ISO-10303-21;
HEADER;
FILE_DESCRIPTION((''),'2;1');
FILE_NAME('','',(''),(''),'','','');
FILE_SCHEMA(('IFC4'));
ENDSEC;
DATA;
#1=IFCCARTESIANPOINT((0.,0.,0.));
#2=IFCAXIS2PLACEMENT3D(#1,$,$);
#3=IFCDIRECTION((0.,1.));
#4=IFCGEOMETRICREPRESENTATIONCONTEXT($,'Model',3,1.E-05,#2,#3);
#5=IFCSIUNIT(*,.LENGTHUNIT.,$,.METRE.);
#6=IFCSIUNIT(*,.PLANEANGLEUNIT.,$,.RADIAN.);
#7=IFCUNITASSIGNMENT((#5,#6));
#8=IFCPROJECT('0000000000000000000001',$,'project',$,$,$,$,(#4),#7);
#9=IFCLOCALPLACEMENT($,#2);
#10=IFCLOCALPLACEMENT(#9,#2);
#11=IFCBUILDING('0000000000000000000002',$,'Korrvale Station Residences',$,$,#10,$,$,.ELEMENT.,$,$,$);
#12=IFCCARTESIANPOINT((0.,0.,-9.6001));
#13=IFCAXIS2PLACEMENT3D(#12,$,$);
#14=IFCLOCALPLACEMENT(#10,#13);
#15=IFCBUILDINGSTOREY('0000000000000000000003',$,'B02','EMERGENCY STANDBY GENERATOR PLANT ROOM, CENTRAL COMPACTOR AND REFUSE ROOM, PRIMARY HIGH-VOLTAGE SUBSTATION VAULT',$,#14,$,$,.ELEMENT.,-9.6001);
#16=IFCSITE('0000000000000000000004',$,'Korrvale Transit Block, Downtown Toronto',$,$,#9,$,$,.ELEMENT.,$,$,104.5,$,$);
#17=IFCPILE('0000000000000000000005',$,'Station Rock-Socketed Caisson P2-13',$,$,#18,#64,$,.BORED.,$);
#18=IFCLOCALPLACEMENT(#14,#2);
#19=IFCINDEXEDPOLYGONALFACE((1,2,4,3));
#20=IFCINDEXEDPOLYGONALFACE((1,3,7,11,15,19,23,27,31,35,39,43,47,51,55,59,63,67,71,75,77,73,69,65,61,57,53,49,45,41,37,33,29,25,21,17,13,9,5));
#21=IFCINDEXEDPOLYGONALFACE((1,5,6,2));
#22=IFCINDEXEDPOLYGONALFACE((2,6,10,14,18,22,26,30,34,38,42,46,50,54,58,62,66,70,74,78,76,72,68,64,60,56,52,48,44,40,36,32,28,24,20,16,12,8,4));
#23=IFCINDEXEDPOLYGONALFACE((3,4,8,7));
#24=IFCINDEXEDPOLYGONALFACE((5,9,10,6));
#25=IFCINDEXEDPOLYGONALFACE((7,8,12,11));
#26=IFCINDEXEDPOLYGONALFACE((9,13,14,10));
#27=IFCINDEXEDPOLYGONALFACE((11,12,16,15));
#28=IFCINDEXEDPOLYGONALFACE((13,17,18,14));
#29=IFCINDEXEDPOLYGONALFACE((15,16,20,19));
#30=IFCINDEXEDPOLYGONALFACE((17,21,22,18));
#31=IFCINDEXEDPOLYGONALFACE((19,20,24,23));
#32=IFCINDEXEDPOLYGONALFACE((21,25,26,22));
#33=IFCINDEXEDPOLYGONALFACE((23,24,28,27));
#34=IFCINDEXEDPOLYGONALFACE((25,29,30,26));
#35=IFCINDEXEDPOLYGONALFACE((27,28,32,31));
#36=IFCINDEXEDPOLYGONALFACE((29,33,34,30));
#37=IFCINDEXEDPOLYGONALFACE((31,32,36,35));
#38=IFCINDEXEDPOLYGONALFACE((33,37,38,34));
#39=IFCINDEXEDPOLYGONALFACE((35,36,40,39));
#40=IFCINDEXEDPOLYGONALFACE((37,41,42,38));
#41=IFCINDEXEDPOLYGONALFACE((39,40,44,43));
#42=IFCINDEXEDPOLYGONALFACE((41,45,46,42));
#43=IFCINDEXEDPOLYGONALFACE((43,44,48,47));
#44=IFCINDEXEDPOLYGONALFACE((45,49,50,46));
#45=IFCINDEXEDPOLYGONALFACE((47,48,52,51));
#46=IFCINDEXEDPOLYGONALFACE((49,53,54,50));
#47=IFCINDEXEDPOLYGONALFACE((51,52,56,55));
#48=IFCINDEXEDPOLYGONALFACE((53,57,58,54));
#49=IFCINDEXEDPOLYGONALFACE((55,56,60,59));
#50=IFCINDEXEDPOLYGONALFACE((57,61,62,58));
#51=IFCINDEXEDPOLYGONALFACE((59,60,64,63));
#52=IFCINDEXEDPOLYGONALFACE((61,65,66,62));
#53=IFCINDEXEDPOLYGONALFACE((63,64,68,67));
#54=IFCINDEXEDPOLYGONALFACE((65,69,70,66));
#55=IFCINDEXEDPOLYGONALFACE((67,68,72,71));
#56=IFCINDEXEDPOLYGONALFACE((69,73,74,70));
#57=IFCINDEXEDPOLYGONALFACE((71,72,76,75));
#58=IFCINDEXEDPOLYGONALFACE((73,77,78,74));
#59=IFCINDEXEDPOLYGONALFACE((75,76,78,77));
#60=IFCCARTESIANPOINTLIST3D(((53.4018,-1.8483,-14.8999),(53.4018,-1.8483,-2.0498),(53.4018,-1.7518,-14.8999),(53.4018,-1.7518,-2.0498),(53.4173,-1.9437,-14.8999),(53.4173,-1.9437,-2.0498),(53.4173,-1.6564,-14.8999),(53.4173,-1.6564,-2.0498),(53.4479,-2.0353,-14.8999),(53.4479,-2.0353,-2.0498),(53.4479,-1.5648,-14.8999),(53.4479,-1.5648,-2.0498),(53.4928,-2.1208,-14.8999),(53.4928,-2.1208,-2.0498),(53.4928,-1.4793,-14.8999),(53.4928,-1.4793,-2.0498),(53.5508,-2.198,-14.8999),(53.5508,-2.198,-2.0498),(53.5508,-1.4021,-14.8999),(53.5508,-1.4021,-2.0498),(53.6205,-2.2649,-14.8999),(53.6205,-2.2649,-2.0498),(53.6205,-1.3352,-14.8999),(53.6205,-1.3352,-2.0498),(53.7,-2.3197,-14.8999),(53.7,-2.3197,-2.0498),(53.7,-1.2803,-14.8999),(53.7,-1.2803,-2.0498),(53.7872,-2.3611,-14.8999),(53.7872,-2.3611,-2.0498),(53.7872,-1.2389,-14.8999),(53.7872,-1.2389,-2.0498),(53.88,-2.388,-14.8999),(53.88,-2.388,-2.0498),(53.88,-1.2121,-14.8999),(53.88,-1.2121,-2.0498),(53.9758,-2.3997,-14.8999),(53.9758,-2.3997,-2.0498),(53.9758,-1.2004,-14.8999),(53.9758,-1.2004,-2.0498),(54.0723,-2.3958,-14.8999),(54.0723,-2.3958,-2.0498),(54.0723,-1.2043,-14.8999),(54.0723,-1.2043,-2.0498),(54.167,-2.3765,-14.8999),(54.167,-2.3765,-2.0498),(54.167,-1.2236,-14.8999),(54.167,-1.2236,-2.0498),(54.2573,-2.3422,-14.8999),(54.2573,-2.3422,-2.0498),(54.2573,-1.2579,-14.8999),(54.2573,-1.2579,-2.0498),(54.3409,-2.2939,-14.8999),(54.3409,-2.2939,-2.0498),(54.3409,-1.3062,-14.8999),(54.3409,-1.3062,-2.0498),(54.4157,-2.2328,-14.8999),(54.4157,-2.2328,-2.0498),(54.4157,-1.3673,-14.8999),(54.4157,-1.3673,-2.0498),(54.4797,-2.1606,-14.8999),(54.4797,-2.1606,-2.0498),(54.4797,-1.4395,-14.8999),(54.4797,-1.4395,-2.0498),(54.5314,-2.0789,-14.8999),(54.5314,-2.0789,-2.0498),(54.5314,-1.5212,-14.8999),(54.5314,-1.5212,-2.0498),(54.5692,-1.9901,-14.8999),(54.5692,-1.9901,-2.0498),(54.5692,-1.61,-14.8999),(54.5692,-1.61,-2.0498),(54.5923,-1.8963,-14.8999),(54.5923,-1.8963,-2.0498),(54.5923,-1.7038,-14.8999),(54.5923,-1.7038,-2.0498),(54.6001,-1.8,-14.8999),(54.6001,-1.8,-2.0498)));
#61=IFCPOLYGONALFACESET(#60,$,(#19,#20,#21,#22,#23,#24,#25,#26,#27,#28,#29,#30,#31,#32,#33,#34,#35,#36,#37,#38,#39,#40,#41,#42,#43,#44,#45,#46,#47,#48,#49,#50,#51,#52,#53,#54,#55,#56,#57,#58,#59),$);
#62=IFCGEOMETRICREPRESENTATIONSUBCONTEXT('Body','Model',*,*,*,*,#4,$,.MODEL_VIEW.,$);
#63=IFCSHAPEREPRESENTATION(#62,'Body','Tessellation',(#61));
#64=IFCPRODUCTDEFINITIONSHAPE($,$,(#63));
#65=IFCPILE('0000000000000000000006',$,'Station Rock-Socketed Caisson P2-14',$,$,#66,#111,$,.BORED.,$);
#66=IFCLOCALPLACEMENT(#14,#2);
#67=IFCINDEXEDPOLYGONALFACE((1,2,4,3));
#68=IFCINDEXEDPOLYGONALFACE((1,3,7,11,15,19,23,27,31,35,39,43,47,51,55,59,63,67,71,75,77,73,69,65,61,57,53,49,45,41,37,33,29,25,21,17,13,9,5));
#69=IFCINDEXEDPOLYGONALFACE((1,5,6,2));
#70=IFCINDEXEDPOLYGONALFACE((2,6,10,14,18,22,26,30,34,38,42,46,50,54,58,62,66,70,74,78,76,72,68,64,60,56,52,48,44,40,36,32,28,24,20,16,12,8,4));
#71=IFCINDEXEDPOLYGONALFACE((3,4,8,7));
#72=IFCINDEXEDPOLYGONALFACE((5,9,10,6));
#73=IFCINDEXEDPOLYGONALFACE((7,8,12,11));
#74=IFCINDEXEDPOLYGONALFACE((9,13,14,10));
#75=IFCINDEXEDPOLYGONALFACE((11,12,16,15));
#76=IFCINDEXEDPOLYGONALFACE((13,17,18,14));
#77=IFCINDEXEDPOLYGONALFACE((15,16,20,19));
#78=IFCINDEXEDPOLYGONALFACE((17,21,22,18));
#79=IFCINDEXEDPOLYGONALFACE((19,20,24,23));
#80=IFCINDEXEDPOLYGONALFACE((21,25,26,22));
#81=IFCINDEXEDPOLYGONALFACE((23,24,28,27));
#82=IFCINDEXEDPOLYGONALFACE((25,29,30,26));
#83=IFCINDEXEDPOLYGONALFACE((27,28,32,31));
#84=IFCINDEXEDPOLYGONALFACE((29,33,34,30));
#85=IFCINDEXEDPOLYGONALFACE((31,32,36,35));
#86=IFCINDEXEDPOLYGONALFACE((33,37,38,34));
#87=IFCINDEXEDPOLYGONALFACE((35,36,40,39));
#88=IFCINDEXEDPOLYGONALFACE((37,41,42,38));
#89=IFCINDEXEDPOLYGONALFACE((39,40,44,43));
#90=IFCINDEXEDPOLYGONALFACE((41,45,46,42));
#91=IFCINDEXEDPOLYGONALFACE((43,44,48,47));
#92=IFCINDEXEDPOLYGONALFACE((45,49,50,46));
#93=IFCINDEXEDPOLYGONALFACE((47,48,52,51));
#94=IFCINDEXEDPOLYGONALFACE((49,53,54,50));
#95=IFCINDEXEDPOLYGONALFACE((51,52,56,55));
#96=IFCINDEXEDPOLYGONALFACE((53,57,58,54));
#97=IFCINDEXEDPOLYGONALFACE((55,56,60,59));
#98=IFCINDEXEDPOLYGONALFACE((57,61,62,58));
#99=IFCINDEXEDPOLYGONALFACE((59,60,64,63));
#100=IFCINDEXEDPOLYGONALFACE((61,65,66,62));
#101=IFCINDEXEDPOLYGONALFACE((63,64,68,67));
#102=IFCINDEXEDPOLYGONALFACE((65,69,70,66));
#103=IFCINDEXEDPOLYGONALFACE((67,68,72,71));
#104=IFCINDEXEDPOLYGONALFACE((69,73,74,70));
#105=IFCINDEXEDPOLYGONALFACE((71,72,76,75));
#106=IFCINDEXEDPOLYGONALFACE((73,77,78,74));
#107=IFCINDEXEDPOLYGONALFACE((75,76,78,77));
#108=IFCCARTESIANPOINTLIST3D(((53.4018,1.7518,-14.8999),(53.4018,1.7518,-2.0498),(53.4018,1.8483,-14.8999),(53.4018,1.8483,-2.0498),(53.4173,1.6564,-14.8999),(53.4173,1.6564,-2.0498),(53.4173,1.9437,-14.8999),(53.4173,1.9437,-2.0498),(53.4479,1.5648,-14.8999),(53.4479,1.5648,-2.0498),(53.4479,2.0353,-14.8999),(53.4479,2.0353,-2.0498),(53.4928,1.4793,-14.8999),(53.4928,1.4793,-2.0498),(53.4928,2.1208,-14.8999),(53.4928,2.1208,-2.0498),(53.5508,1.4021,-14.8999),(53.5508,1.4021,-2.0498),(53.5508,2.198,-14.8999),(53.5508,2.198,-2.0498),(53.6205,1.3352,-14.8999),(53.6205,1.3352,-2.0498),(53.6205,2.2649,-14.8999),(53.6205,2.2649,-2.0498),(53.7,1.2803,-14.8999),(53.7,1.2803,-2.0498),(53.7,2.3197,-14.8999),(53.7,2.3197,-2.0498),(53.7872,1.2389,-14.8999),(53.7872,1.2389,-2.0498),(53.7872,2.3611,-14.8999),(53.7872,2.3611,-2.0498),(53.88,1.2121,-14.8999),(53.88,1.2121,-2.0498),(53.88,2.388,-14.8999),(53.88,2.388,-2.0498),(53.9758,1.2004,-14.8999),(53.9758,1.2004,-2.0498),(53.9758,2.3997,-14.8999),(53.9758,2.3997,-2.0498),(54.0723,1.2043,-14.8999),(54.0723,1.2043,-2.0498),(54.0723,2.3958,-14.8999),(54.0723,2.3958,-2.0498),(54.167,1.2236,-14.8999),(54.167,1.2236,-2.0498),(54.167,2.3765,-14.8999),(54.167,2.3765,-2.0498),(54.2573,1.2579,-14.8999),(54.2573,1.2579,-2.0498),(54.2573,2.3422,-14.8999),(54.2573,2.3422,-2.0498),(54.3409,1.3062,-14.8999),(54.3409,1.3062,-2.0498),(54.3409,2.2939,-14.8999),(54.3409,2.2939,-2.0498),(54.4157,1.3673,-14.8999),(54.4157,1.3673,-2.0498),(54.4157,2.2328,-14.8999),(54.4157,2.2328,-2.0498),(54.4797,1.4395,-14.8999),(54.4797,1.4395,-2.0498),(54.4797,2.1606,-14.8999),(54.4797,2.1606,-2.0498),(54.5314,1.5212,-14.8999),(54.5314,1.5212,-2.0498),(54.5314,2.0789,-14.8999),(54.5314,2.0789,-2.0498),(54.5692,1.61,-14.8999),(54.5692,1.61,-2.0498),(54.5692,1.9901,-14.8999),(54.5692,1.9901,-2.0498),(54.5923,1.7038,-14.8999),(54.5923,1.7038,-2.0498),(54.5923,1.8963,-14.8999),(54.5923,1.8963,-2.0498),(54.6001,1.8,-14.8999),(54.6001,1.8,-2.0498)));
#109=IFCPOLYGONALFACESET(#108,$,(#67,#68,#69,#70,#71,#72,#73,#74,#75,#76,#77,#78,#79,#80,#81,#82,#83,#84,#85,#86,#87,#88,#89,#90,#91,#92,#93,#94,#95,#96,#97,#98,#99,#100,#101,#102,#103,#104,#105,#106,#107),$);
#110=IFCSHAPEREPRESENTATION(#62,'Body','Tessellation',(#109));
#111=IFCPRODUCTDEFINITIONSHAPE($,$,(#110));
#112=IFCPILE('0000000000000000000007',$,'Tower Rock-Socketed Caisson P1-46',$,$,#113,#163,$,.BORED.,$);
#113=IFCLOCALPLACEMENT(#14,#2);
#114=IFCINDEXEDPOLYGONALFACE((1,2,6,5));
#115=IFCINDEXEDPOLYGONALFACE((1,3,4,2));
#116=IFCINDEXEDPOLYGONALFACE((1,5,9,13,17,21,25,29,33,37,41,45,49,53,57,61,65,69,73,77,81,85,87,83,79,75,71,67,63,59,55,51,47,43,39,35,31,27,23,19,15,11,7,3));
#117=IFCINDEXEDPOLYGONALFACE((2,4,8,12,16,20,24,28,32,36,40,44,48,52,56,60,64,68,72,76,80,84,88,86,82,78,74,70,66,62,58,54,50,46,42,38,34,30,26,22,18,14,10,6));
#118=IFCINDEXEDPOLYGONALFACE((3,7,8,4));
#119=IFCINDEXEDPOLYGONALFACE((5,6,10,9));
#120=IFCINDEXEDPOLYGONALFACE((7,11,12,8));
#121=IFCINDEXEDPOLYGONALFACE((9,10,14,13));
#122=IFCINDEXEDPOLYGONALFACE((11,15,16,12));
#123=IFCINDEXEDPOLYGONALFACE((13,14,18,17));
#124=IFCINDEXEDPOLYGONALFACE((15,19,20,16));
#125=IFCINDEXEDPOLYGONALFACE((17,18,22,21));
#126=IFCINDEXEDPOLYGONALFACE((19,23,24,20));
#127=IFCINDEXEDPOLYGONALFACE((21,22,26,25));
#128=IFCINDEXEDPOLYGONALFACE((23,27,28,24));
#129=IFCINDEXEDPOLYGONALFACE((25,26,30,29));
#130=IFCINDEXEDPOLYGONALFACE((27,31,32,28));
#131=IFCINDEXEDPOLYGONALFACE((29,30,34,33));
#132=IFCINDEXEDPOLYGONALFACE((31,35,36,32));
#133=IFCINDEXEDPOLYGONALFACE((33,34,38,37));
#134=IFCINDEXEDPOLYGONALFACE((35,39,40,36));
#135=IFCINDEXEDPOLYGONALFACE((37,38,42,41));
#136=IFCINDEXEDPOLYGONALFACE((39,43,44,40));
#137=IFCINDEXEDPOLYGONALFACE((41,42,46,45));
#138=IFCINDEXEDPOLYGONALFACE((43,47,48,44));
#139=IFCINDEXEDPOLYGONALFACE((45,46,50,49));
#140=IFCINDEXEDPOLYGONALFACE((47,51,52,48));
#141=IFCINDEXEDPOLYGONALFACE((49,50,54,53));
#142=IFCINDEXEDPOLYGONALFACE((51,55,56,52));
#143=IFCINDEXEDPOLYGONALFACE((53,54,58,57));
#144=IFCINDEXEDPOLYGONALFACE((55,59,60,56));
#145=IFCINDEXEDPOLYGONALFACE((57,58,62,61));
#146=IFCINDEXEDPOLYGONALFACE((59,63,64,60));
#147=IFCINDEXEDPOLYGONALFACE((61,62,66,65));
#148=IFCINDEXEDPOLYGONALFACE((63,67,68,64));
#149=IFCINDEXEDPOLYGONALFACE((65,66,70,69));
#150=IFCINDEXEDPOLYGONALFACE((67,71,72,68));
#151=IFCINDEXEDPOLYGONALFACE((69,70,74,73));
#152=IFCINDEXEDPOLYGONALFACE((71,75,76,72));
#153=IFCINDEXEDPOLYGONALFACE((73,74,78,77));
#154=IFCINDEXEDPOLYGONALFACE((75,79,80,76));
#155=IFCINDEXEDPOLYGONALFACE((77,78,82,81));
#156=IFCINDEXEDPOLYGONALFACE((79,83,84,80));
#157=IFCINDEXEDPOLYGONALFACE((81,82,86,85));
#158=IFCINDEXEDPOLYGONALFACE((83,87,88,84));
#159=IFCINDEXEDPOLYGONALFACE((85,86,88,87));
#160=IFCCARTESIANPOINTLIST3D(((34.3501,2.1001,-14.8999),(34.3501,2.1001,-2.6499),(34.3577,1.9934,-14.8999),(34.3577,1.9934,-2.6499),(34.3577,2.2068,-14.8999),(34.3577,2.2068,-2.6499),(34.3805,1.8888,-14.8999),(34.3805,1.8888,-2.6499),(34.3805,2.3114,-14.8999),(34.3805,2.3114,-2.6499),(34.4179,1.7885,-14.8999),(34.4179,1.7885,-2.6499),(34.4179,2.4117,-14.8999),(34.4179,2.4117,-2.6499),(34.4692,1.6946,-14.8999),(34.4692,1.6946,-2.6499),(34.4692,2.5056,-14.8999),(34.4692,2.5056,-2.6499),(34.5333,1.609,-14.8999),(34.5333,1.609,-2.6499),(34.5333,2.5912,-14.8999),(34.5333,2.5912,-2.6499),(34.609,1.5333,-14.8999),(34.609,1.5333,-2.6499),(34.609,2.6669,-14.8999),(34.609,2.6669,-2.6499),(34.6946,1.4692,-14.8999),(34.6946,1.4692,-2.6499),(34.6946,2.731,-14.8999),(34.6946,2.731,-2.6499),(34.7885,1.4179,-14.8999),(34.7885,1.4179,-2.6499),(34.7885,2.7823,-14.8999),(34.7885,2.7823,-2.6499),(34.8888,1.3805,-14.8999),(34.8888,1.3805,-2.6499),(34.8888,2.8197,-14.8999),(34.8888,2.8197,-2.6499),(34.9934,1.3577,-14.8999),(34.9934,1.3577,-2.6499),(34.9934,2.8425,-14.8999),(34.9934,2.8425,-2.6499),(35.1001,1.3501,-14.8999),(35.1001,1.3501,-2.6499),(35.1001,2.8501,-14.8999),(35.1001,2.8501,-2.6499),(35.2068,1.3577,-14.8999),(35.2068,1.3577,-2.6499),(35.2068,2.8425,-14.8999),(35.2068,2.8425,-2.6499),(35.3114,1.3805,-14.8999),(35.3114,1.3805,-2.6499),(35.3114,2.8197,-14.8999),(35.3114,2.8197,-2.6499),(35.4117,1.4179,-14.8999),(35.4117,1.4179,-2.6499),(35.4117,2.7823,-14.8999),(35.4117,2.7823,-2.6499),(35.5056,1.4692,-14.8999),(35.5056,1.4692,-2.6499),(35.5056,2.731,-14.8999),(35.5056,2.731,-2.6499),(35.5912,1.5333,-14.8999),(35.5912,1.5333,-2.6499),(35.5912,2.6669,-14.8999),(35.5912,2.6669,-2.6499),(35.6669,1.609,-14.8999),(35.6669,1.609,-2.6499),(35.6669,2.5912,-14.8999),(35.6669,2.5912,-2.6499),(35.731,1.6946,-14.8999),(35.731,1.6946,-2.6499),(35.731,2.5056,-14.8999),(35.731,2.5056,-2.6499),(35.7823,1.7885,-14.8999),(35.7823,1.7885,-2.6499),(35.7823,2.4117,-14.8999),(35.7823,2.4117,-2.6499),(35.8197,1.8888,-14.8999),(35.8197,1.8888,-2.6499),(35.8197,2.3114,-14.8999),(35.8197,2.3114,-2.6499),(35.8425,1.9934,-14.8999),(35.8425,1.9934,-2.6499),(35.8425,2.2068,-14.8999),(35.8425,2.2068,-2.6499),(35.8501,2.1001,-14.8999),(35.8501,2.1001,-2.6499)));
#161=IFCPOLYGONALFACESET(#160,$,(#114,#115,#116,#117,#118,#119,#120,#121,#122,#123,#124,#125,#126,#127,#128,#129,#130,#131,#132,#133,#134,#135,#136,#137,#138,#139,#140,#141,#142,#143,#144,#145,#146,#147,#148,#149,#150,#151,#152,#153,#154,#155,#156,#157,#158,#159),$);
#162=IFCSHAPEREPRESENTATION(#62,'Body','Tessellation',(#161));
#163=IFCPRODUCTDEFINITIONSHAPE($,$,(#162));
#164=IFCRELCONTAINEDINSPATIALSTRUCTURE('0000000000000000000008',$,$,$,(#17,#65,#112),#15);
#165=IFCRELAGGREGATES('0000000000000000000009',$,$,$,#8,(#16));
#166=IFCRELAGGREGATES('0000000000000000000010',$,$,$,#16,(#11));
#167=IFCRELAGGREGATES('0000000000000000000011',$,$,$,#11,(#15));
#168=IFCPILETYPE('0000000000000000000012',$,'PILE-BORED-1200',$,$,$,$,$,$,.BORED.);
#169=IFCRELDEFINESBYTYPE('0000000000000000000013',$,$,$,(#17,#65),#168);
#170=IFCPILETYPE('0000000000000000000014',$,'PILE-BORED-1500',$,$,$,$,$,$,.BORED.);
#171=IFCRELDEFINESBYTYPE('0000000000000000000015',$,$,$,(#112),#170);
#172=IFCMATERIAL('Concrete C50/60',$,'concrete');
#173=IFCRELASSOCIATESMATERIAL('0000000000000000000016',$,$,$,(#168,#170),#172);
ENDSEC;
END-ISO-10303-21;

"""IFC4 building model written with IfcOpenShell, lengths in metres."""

from ifc_helpers import new_model, si_unit, direction, frame, origin, origin_2d, place, context, subcontext, project, spatial, circle, extrude, material, material_profile, profile_set, type_object, element, save


model = new_model("IFC4")

# Units and contexts
model_context = context("Model", 3, precision=1e-05, world=origin(), true_north=direction((0.0, 1.0)))
body_context = subcontext(model_context, "Body", "Model", "MODEL_VIEW")
ifc_project = project(units=[si_unit("LENGTHUNIT", "METRE"), si_unit("PLANEANGLEUNIT", "RADIAN")], contexts=[model_context])

# Site, building, storey
site_placement = place(None, origin())
site = spatial("IfcSite", under=ifc_project, at=site_placement, Name="Korrvale Transit Block, Downtown Toronto", CompositionType="ELEMENT", RefElevation=104.5)
building_placement = place(site_placement, origin())
building = spatial("IfcBuilding", under=site, at=building_placement, Name="Korrvale Station Residences", CompositionType="ELEMENT")
storey_placement = place(building_placement, frame((0.0, 0.0, -9.6001)))
storey = spatial("IfcBuildingStorey", under=building, at=storey_placement, Name="B02", Description="EMERGENCY STANDBY GENERATOR PLANT ROOM, CENTRAL COMPACTOR AND REFUSE ROOM, PRIMARY HIGH-VOLTAGE SUBSTATION VAULT", CompositionType="ELEMENT", Elevation=-9.6001)

# Piles
ifc_material_1 = material(Name="Concrete C50/60", Category="concrete")
ifc_material_profile_1 = material_profile(ifc_material_1, circle(Radius=0.6001, at=origin_2d()), Name="PILE1200")
ifc_profile_set_1 = profile_set([ifc_material_profile_1], Name="Concrete C50/60")
pile_type_1 = type_object("IfcPileType", Name="PILE-BORED-1200", PredefinedType="BORED", material=ifc_profile_set_1)
for number, where, z_axis, x_axis, name in (
    (1, (54.0, -1.8, -2.0498), (0.0, 0.0, -1.0), (1.0, 0.0, 0.0), "Station Rock-Socketed Caisson P2-13"),
    (2, (54.0, 1.8, -2.0498), (0.0, 0.0, -1.0), (1.0, 0.0, 0.0), "Station Rock-Socketed Caisson P2-14"),
):
    element("IfcPile", number, at=place(storey_placement, frame(where, z_axis=z_axis, x_axis=x_axis)), inside=storey, type_object=pile_type_1, Name=name, PredefinedType="BORED", context=body_context, shape_type="SweptSolid", body=[
        extrude(circle(Radius=0.6001, at=origin_2d()), origin(), (0.0, 0.0, 1.0), 12.8501),
    ])
ifc_material_profile_2 = material_profile(ifc_material_1, circle(Radius=0.75, at=origin_2d()), Name="PILE1500")
ifc_profile_set_2 = profile_set([ifc_material_profile_2], Name="Concrete C50/60")
pile_type_2 = type_object("IfcPileType", Name="PILE-BORED-1500", PredefinedType="BORED", material=ifc_profile_set_2)
for number, where, z_axis, x_axis, name in (
    (3, (35.1001, 2.1001, -2.6499), (0.0, 0.0, -1.0), (1.0, 0.0, 0.0), "Tower Rock-Socketed Caisson P1-46"),
):
    element("IfcPile", number, at=place(storey_placement, frame(where, z_axis=z_axis, x_axis=x_axis)), inside=storey, type_object=pile_type_2, Name=name, PredefinedType="BORED", context=body_context, shape_type="SweptSolid", body=[
        extrude(circle(Radius=0.75, at=origin_2d()), origin(), (0.0, 0.0, 1.0), 12.25),
    ])

save(model, "model.ifc")
